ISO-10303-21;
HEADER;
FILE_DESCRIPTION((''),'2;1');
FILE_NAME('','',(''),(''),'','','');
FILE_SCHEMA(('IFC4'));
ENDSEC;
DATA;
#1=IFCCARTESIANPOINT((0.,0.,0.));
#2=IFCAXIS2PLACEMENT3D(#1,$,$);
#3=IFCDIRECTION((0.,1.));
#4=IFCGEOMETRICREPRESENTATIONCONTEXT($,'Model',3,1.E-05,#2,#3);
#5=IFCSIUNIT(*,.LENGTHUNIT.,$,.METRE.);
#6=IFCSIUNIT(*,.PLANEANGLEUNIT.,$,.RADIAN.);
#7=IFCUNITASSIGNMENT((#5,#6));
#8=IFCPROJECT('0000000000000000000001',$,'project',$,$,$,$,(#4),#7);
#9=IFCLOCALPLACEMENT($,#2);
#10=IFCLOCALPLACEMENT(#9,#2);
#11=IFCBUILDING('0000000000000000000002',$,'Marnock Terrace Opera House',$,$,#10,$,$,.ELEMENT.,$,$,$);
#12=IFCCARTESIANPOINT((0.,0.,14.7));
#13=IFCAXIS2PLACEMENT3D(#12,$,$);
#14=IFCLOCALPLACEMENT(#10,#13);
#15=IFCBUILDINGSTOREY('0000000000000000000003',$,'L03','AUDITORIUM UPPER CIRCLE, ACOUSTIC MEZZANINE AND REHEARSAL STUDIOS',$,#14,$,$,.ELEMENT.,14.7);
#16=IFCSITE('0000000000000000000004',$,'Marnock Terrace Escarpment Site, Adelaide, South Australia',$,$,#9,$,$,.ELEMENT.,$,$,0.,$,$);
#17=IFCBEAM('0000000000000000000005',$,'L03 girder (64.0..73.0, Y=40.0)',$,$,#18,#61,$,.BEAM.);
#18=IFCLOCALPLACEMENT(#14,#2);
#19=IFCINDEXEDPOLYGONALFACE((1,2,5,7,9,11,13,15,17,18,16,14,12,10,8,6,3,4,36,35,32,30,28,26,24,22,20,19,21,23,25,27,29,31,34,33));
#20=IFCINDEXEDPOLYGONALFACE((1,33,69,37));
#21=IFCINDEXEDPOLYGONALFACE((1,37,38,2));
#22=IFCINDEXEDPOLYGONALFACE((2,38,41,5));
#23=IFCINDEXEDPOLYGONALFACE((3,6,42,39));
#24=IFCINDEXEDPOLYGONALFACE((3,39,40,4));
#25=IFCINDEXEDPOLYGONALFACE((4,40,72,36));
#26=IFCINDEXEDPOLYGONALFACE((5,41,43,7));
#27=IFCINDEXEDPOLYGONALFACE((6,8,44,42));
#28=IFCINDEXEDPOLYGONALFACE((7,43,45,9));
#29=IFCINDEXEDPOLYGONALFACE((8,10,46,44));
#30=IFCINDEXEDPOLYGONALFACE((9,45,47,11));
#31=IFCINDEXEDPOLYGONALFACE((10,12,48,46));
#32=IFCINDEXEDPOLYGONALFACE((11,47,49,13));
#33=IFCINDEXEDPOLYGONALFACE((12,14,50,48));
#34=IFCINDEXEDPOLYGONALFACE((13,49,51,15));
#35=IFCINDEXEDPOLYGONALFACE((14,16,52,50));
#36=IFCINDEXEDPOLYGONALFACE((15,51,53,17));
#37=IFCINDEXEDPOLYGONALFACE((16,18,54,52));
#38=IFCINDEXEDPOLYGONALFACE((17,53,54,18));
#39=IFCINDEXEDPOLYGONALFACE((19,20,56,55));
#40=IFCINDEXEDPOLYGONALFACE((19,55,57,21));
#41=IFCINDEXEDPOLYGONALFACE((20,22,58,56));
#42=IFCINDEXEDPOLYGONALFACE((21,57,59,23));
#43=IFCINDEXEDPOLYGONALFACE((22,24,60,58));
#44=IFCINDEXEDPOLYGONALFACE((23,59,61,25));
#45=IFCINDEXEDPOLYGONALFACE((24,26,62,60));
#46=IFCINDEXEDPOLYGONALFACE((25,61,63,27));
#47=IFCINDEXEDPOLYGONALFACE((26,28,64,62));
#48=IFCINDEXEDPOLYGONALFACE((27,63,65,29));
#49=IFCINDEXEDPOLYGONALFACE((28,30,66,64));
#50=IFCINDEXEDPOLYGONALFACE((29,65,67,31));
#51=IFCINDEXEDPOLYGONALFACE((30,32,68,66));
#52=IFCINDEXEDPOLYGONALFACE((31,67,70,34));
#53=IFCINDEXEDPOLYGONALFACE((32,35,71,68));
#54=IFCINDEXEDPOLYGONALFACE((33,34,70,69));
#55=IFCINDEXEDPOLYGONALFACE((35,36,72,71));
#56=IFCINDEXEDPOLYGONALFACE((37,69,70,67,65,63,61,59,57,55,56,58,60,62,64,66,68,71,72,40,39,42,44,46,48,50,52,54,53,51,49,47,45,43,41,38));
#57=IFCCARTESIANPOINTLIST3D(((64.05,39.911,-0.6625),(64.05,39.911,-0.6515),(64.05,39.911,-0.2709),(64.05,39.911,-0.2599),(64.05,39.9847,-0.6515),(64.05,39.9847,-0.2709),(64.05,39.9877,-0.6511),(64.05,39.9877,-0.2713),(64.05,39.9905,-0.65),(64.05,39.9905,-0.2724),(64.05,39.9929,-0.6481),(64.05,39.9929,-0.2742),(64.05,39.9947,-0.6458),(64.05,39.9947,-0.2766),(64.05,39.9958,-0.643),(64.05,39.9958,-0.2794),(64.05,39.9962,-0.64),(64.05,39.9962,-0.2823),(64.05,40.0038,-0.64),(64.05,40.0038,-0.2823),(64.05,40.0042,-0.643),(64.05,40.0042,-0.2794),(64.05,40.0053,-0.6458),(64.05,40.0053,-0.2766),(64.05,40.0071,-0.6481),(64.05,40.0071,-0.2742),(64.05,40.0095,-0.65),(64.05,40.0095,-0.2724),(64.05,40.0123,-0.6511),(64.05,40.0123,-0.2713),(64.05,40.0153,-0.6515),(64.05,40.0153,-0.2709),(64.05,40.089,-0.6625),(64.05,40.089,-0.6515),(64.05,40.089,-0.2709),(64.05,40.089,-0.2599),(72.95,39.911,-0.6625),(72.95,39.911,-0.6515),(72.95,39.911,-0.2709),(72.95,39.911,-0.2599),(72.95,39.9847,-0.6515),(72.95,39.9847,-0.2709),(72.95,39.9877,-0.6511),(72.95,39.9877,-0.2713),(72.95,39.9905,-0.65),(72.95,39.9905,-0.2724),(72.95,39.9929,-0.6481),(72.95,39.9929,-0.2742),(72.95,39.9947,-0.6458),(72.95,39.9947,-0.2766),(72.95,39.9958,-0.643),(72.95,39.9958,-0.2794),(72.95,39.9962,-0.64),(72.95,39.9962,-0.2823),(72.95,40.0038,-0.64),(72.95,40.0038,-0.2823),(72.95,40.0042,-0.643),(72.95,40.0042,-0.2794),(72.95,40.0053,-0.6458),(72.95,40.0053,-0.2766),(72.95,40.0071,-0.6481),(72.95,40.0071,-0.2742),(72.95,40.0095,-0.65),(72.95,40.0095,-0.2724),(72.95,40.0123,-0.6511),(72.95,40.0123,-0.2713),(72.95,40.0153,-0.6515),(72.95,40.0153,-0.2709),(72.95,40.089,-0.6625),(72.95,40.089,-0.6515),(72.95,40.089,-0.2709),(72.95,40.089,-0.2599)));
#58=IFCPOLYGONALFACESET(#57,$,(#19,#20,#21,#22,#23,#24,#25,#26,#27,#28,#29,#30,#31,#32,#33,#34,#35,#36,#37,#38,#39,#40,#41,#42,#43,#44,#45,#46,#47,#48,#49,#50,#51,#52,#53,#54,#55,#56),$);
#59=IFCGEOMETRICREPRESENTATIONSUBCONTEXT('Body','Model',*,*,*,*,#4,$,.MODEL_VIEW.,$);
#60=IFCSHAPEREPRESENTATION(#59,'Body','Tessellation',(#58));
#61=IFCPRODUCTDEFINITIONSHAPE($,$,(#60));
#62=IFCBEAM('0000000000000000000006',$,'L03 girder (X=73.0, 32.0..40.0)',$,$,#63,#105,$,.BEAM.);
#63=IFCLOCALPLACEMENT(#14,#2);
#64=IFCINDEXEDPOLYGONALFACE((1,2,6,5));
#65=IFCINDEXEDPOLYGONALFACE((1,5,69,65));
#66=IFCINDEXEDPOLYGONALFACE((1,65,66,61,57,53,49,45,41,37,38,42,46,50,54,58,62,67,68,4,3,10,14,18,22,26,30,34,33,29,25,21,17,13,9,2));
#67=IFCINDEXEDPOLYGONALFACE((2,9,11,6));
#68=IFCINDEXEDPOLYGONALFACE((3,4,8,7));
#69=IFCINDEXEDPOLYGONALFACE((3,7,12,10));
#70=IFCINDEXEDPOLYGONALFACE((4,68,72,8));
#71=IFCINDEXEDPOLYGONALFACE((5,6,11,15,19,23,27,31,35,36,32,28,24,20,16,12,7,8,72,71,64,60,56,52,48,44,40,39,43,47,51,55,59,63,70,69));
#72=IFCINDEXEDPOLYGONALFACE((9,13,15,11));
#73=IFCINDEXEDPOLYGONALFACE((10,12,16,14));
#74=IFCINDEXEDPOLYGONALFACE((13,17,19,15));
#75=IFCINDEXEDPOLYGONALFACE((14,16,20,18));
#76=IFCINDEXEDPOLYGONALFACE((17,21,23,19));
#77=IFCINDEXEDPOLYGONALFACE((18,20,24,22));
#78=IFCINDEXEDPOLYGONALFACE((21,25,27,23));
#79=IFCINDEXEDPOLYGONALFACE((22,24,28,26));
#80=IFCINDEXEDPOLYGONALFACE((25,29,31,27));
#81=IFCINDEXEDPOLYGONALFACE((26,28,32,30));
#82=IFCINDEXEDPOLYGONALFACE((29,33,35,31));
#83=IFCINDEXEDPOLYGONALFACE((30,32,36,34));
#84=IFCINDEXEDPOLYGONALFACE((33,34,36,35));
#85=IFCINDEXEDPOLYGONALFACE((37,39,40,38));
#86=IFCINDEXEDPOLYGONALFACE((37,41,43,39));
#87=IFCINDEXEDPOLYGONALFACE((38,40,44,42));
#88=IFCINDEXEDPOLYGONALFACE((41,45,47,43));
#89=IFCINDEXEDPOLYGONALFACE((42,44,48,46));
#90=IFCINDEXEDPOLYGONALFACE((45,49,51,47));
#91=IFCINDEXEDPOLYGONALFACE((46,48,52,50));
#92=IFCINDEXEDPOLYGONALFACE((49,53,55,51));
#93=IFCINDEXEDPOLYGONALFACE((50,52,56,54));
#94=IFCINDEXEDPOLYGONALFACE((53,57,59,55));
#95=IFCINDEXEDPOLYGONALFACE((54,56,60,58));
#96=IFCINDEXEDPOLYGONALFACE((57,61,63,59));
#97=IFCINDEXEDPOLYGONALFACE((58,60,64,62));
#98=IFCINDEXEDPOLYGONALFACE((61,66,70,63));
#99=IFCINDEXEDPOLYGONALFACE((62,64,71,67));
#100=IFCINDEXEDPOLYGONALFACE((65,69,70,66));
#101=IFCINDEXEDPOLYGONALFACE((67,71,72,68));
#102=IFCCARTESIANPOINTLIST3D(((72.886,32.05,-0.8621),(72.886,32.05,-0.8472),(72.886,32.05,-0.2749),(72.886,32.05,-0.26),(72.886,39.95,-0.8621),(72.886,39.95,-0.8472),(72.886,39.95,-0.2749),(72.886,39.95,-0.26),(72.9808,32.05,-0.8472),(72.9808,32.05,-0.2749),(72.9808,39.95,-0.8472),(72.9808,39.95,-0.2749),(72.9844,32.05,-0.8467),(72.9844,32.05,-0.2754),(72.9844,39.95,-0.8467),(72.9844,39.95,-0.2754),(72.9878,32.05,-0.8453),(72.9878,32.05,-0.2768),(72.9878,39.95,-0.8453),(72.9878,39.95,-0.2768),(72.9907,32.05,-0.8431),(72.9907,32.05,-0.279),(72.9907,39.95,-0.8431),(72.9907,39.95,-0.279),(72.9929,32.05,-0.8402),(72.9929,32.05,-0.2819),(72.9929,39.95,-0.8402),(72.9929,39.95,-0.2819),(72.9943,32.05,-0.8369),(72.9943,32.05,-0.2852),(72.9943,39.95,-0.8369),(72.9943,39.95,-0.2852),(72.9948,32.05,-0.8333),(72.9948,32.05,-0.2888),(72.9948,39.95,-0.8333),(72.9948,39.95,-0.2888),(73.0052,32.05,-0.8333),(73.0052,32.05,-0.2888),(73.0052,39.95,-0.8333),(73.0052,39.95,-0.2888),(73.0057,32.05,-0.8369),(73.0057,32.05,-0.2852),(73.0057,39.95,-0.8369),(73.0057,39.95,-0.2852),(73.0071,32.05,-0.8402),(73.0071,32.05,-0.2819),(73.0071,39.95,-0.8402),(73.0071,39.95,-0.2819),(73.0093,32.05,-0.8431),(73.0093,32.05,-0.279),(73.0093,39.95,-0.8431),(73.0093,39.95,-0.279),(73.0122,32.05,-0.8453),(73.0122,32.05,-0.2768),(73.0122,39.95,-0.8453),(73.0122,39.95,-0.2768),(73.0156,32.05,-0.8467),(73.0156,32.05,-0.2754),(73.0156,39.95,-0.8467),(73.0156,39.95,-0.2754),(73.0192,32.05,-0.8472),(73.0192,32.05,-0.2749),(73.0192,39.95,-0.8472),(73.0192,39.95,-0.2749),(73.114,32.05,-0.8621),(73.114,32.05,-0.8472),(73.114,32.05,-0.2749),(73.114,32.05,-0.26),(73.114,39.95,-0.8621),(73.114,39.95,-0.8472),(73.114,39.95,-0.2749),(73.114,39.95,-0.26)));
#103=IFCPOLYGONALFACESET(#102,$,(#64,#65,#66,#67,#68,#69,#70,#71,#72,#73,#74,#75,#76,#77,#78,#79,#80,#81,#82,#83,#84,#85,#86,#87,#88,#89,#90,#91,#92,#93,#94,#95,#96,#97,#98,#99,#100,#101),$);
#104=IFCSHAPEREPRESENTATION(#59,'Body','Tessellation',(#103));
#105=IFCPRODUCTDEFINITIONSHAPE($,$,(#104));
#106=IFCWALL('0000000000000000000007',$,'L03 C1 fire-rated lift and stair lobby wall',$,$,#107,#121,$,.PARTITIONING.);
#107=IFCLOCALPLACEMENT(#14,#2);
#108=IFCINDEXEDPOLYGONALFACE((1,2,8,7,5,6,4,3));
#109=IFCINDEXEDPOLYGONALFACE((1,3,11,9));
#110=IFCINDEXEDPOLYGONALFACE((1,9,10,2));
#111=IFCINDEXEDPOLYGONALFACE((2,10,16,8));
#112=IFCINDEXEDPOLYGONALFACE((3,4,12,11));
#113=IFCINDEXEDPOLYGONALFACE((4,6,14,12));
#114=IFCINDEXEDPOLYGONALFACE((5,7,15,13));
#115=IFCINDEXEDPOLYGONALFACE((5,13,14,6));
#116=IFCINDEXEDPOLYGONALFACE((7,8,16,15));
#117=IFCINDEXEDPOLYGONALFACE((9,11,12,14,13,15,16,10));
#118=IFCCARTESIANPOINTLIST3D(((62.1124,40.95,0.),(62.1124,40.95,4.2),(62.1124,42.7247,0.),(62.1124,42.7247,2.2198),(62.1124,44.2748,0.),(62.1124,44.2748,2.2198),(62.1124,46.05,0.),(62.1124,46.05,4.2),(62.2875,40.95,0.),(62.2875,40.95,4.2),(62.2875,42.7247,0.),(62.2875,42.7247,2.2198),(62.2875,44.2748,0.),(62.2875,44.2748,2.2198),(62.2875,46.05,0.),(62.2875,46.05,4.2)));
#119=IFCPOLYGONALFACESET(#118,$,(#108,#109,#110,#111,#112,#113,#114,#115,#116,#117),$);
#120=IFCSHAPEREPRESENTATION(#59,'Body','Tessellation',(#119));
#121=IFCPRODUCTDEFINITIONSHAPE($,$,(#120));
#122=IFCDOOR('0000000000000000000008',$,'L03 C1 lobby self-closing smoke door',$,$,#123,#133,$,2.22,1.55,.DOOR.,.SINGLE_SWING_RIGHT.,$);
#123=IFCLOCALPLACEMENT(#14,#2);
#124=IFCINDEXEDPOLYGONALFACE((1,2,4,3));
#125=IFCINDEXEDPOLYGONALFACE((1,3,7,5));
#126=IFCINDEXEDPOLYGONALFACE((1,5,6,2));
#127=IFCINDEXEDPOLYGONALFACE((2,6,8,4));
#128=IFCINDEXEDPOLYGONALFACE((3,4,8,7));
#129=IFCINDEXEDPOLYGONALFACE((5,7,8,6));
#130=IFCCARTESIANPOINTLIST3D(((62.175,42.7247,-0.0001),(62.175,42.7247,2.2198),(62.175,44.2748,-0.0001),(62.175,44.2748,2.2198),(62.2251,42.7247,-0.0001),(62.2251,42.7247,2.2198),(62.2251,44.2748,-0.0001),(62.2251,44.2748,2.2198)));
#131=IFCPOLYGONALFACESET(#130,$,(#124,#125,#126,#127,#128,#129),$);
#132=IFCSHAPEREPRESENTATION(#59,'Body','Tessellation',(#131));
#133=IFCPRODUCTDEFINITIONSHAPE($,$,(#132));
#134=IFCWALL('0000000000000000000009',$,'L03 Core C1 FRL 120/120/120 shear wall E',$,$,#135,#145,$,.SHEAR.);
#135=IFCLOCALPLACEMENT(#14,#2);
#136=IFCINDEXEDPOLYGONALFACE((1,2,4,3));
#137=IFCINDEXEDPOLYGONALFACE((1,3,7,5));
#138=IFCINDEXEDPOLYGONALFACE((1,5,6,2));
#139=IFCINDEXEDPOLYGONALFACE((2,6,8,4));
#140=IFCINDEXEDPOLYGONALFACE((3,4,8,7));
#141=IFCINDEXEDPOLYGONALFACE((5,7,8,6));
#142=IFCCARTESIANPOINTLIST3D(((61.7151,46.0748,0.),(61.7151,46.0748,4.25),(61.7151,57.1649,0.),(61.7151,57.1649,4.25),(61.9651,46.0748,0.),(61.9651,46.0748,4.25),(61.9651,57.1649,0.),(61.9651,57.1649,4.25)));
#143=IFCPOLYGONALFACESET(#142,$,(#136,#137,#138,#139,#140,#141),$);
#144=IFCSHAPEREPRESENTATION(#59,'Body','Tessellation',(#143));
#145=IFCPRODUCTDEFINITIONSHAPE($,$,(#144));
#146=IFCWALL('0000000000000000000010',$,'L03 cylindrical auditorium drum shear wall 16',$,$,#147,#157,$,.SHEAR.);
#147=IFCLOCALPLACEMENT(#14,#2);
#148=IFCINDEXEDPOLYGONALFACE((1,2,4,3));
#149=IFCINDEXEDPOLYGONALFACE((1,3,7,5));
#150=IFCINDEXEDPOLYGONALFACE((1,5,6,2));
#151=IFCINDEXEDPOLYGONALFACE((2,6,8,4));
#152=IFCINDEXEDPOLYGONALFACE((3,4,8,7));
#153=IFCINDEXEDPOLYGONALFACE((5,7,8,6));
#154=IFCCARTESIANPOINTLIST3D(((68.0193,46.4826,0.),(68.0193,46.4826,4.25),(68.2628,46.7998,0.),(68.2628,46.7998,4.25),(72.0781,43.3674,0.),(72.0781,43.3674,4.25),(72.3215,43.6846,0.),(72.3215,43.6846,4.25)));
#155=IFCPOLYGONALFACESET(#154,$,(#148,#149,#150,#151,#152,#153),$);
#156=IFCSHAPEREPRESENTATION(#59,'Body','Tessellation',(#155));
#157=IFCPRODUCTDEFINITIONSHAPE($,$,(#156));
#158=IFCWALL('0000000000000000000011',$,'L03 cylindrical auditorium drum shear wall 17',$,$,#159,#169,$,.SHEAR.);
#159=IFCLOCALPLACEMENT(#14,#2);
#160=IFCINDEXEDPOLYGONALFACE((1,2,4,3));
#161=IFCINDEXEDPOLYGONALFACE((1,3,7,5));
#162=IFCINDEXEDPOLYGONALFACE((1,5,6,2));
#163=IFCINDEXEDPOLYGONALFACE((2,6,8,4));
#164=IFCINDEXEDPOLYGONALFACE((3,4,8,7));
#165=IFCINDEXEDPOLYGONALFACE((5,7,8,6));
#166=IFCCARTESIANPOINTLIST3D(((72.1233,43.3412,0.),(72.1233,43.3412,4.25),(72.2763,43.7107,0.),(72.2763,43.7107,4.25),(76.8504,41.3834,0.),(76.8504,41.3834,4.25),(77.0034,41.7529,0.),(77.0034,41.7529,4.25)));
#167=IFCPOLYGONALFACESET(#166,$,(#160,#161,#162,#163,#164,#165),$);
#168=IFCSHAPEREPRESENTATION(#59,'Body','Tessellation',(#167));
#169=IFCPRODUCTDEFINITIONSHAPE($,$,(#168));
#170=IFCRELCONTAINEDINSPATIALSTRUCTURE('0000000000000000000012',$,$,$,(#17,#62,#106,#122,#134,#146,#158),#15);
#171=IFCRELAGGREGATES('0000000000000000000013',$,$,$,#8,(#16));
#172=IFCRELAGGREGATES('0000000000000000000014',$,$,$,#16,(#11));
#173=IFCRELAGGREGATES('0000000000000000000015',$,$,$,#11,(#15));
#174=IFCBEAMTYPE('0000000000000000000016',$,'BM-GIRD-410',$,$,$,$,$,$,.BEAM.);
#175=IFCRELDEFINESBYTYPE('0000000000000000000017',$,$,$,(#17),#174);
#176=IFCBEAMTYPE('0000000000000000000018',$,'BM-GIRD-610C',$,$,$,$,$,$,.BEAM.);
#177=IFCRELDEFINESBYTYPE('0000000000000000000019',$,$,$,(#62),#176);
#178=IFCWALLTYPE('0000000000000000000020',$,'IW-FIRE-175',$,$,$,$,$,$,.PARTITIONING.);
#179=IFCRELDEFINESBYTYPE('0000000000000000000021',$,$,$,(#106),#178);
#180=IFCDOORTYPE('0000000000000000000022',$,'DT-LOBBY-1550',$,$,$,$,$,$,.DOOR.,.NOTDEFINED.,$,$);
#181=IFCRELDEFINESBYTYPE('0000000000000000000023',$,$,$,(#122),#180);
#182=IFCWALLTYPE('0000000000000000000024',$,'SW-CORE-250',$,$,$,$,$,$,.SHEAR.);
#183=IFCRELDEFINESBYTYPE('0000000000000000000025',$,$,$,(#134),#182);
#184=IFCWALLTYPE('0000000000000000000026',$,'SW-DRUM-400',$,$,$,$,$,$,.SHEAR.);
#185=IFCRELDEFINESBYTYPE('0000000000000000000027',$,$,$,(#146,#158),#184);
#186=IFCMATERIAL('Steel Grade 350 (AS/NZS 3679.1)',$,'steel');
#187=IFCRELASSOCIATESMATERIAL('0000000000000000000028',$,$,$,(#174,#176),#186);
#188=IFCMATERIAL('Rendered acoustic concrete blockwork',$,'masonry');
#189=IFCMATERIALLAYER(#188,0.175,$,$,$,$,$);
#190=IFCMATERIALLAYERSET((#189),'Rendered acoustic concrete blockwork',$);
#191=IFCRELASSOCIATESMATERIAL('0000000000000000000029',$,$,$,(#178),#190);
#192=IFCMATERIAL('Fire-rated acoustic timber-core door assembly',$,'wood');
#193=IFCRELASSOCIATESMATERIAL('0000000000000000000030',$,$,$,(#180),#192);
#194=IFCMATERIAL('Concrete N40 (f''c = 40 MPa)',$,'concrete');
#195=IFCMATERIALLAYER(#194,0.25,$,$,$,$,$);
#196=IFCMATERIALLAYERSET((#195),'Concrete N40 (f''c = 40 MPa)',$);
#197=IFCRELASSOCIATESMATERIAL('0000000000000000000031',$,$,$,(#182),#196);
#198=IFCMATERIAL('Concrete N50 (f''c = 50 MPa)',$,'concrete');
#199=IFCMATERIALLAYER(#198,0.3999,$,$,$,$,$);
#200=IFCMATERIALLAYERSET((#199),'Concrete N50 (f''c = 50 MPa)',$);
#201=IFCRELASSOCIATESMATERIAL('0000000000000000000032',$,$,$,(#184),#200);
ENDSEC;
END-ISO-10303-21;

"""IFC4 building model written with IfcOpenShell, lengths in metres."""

from ifc_helpers import new_model, si_unit, direction, frame, frame_2d, origin, origin_2d, place, context, subcontext, project, spatial, rectangle, i_section, extrude, material, layer, layer_set, material_profile, profile_set, type_object, element, fill, save


model = new_model("IFC4")

# Units and contexts
model_context = context("Model", 3, precision=1e-05, world=origin(), true_north=direction((0.0, 1.0)))
body_context = subcontext(model_context, "Body", "Model", "MODEL_VIEW")
ifc_project = project(units=[si_unit("LENGTHUNIT", "METRE"), si_unit("PLANEANGLEUNIT", "RADIAN")], contexts=[model_context])

# Site, building, storey
site_placement = place(None, origin())
site = spatial("IfcSite", under=ifc_project, at=site_placement, Name="Marnock Terrace Escarpment Site, Adelaide, South Australia", CompositionType="ELEMENT", RefElevation=0.0)
building_placement = place(site_placement, origin())
building = spatial("IfcBuilding", under=site, at=building_placement, Name="Marnock Terrace Opera House", CompositionType="ELEMENT")
storey_placement = place(building_placement, frame((0.0, 0.0, 14.7)))
storey = spatial("IfcBuildingStorey", under=building, at=storey_placement, Name="L03", Description="AUDITORIUM UPPER CIRCLE, ACOUSTIC MEZZANINE AND REHEARSAL STUDIOS", CompositionType="ELEMENT", Elevation=14.7)

# Shared definitions
ifc_material_1 = material(Name="Concrete N50 (f'c = 50 MPa)", Category="concrete")

# Beams
ifc_material_2 = material(Name="Steel Grade 350 (AS/NZS 3679.1)", Category="steel")
ifc_material_profile_1 = material_profile(ifc_material_2, i_section(OverallWidth=0.178, OverallDepth=0.4026, WebThickness=0.0076, FlangeThickness=0.011, FilletRadius=0.0115, at=origin_2d()))
ifc_profile_set_1 = profile_set([ifc_material_profile_1], Name="Steel Grade 350 (AS/NZS 3679.1)")
beam_type_1 = type_object("IfcBeamType", Name="BM-GIRD-410", PredefinedType="BEAM", material=ifc_profile_set_1)
beam_1_placement = place(storey_placement, frame((64.05, 40.0, -0.4612), z_axis=(1.0, 0.0, 0.0), x_axis=(0.0, 1.0, 0.0)))
element("IfcBeam", 1, at=beam_1_placement, inside=storey, type_object=beam_type_1, Name="L03 girder (64.0..73.0, Y=40.0)", PredefinedType="BEAM", context=body_context, shape_type="SweptSolid", body=[
    extrude(i_section(OverallWidth=0.178, OverallDepth=0.4026, WebThickness=0.0076, FlangeThickness=0.011, FilletRadius=0.0115, at=origin_2d()), origin(), (0.0, 0.0, 1.0), 8.8999),
])
ifc_material_profile_2 = material_profile(ifc_material_2, i_section(OverallWidth=0.228, OverallDepth=0.6021, WebThickness=0.0105, FlangeThickness=0.0149, FilletRadius=0.0139, at=origin_2d()))
ifc_profile_set_2 = profile_set([ifc_material_profile_2], Name="Steel Grade 350 (AS/NZS 3679.1)")
beam_type_2 = type_object("IfcBeamType", Name="BM-GIRD-610C", PredefinedType="BEAM", material=ifc_profile_set_2)
beam_2_placement = place(storey_placement, frame((73.0, 32.05, -0.561), z_axis=(0.0, 1.0, 0.0), x_axis=(-1.0, 0.0, 0.0)))
element("IfcBeam", 2, at=beam_2_placement, inside=storey, type_object=beam_type_2, Name="L03 girder (X=73.0, 32.0..40.0)", PredefinedType="BEAM", context=body_context, shape_type="SweptSolid", body=[
    extrude(i_section(OverallWidth=0.228, OverallDepth=0.6021, WebThickness=0.0105, FlangeThickness=0.0149, FilletRadius=0.0139, at=origin_2d()), origin(), (0.0, 0.0, 1.0), 7.8999),
])

# Wall, opening, door
ifc_material_3 = material(Name="Rendered acoustic concrete blockwork", Category="masonry")
ifc_layer_1 = layer(ifc_material_3, 0.175)
ifc_layer_set_1 = layer_set([ifc_layer_1], Name="Rendered acoustic concrete blockwork")
wall_type_1 = type_object("IfcWallType", Name="IW-FIRE-175", PredefinedType="PARTITIONING", material=ifc_layer_set_1)
wall_1_placement = place(storey_placement, frame((62.2, 40.95, 0.0), z_axis=(0.0, 0.0, 1.0), x_axis=(0.0, 1.0, 0.0)))
wall_1 = element("IfcWall", 3, at=wall_1_placement, inside=storey, type_object=wall_type_1, Name="L03 C1 fire-rated lift and stair lobby wall", PredefinedType="PARTITIONING", context=body_context, shape_type="SweptSolid", body=[
    extrude(rectangle(XDim=5.1001, YDim=0.175, at=frame_2d((2.55, 0.0))), origin(), (0.0, 0.0, 1.0), 4.2),
])
opening_1_placement = place(wall_1_placement, frame((1.7749, 0.0, 0.0)))
opening_1 = element("IfcOpeningElement", 4, at=opening_1_placement, cuts=wall_1, PredefinedType="OPENING", context=body_context, shape_type="SweptSolid", body=[
    extrude(rectangle(XDim=1.55, YDim=2.22, at=frame_2d((0.7749, 1.1099))), frame((0.0, 0.0974, 0.0), z_axis=(0.0, -1.0, 0.0), x_axis=(1.0, 0.0, 0.0)), (0.0, 0.0, 1.0), 0.1951),
])
ifc_material_4 = material(Name="Fire-rated acoustic timber-core door assembly", Category="wood")
door_type_1 = type_object("IfcDoorType", Name="DT-LOBBY-1550", OperationType="NOTDEFINED", PredefinedType="DOOR", material=ifc_material_4)
door_1_placement = place(opening_1_placement, origin())
door_1 = element("IfcDoor", 5, at=door_1_placement, inside=storey, type_object=door_type_1, Name="L03 C1 lobby self-closing smoke door", OperationType="SINGLE_SWING_RIGHT", OverallHeight=2.22, OverallWidth=1.55, PredefinedType="DOOR", context=body_context, shape_type="SweptSolid", body=[
    extrude(rectangle(XDim=1.55, YDim=2.22, at=frame_2d((0.7749, 1.1099))), frame((0.0, 0.0249, 0.0), z_axis=(0.0, -1.0, 0.0), x_axis=(1.0, 0.0, 0.0)), (0.0, 0.0, 1.0), 0.05),
])
fill(opening_1, door_1)

# Walls
ifc_material_5 = material(Name="Concrete N40 (f'c = 40 MPa)", Category="concrete")
ifc_layer_2 = layer(ifc_material_5, 0.25)
ifc_layer_set_2 = layer_set([ifc_layer_2], Name="Concrete N40 (f'c = 40 MPa)")
wall_type_2 = type_object("IfcWallType", Name="SW-CORE-250", PredefinedType="SHEAR", material=ifc_layer_set_2)
wall_2_placement = place(storey_placement, frame((61.8401, 46.075, 0.0), z_axis=(0.0, 0.0, 1.0), x_axis=(0.0, 1.0, 0.0)))
element("IfcWall", 6, at=wall_2_placement, inside=storey, type_object=wall_type_2, Name="L03 Core C1 FRL 120/120/120 shear wall E", PredefinedType="SHEAR", context=body_context, shape_type="SweptSolid", body=[
    extrude(rectangle(XDim=11.0901, YDim=0.25, at=frame_2d((5.5449, 0.0))), origin(), (0.0, 0.0, 1.0), 4.25),
])
ifc_layer_3 = layer(ifc_material_1, 0.3999)
ifc_layer_set_3 = layer_set([ifc_layer_3], Name="Concrete N50 (f'c = 50 MPa)")
wall_type_3 = type_object("IfcWallType", Name="SW-DRUM-400", PredefinedType="SHEAR", material=ifc_layer_set_3)
for number, where, z_axis, x_axis, name in (
    (7, (68.1411, 46.6411, 0.0), (0.0, 0.0, 1.0), (0.79328, -0.608857, 0.0), "L03 cylindrical auditorium drum shear wall 16"),
    (8, (72.2, 43.5259, 0.0), (0.0, 0.0, 1.0), (0.923896, -0.382643, 0.0), "L03 cylindrical auditorium drum shear wall 17"),
):
    element("IfcWall", number, at=place(storey_placement, frame(where, z_axis=z_axis, x_axis=x_axis)), inside=storey, type_object=wall_type_3, Name=name, PredefinedType="SHEAR", context=body_context, shape_type="SweptSolid", body=[
        extrude(rectangle(XDim=5.1165, YDim=0.3999, at=frame_2d((2.5581, 0.0))), origin(), (0.0, 0.0, 1.0), 4.25),
    ])

save(model, "model.ifc")
